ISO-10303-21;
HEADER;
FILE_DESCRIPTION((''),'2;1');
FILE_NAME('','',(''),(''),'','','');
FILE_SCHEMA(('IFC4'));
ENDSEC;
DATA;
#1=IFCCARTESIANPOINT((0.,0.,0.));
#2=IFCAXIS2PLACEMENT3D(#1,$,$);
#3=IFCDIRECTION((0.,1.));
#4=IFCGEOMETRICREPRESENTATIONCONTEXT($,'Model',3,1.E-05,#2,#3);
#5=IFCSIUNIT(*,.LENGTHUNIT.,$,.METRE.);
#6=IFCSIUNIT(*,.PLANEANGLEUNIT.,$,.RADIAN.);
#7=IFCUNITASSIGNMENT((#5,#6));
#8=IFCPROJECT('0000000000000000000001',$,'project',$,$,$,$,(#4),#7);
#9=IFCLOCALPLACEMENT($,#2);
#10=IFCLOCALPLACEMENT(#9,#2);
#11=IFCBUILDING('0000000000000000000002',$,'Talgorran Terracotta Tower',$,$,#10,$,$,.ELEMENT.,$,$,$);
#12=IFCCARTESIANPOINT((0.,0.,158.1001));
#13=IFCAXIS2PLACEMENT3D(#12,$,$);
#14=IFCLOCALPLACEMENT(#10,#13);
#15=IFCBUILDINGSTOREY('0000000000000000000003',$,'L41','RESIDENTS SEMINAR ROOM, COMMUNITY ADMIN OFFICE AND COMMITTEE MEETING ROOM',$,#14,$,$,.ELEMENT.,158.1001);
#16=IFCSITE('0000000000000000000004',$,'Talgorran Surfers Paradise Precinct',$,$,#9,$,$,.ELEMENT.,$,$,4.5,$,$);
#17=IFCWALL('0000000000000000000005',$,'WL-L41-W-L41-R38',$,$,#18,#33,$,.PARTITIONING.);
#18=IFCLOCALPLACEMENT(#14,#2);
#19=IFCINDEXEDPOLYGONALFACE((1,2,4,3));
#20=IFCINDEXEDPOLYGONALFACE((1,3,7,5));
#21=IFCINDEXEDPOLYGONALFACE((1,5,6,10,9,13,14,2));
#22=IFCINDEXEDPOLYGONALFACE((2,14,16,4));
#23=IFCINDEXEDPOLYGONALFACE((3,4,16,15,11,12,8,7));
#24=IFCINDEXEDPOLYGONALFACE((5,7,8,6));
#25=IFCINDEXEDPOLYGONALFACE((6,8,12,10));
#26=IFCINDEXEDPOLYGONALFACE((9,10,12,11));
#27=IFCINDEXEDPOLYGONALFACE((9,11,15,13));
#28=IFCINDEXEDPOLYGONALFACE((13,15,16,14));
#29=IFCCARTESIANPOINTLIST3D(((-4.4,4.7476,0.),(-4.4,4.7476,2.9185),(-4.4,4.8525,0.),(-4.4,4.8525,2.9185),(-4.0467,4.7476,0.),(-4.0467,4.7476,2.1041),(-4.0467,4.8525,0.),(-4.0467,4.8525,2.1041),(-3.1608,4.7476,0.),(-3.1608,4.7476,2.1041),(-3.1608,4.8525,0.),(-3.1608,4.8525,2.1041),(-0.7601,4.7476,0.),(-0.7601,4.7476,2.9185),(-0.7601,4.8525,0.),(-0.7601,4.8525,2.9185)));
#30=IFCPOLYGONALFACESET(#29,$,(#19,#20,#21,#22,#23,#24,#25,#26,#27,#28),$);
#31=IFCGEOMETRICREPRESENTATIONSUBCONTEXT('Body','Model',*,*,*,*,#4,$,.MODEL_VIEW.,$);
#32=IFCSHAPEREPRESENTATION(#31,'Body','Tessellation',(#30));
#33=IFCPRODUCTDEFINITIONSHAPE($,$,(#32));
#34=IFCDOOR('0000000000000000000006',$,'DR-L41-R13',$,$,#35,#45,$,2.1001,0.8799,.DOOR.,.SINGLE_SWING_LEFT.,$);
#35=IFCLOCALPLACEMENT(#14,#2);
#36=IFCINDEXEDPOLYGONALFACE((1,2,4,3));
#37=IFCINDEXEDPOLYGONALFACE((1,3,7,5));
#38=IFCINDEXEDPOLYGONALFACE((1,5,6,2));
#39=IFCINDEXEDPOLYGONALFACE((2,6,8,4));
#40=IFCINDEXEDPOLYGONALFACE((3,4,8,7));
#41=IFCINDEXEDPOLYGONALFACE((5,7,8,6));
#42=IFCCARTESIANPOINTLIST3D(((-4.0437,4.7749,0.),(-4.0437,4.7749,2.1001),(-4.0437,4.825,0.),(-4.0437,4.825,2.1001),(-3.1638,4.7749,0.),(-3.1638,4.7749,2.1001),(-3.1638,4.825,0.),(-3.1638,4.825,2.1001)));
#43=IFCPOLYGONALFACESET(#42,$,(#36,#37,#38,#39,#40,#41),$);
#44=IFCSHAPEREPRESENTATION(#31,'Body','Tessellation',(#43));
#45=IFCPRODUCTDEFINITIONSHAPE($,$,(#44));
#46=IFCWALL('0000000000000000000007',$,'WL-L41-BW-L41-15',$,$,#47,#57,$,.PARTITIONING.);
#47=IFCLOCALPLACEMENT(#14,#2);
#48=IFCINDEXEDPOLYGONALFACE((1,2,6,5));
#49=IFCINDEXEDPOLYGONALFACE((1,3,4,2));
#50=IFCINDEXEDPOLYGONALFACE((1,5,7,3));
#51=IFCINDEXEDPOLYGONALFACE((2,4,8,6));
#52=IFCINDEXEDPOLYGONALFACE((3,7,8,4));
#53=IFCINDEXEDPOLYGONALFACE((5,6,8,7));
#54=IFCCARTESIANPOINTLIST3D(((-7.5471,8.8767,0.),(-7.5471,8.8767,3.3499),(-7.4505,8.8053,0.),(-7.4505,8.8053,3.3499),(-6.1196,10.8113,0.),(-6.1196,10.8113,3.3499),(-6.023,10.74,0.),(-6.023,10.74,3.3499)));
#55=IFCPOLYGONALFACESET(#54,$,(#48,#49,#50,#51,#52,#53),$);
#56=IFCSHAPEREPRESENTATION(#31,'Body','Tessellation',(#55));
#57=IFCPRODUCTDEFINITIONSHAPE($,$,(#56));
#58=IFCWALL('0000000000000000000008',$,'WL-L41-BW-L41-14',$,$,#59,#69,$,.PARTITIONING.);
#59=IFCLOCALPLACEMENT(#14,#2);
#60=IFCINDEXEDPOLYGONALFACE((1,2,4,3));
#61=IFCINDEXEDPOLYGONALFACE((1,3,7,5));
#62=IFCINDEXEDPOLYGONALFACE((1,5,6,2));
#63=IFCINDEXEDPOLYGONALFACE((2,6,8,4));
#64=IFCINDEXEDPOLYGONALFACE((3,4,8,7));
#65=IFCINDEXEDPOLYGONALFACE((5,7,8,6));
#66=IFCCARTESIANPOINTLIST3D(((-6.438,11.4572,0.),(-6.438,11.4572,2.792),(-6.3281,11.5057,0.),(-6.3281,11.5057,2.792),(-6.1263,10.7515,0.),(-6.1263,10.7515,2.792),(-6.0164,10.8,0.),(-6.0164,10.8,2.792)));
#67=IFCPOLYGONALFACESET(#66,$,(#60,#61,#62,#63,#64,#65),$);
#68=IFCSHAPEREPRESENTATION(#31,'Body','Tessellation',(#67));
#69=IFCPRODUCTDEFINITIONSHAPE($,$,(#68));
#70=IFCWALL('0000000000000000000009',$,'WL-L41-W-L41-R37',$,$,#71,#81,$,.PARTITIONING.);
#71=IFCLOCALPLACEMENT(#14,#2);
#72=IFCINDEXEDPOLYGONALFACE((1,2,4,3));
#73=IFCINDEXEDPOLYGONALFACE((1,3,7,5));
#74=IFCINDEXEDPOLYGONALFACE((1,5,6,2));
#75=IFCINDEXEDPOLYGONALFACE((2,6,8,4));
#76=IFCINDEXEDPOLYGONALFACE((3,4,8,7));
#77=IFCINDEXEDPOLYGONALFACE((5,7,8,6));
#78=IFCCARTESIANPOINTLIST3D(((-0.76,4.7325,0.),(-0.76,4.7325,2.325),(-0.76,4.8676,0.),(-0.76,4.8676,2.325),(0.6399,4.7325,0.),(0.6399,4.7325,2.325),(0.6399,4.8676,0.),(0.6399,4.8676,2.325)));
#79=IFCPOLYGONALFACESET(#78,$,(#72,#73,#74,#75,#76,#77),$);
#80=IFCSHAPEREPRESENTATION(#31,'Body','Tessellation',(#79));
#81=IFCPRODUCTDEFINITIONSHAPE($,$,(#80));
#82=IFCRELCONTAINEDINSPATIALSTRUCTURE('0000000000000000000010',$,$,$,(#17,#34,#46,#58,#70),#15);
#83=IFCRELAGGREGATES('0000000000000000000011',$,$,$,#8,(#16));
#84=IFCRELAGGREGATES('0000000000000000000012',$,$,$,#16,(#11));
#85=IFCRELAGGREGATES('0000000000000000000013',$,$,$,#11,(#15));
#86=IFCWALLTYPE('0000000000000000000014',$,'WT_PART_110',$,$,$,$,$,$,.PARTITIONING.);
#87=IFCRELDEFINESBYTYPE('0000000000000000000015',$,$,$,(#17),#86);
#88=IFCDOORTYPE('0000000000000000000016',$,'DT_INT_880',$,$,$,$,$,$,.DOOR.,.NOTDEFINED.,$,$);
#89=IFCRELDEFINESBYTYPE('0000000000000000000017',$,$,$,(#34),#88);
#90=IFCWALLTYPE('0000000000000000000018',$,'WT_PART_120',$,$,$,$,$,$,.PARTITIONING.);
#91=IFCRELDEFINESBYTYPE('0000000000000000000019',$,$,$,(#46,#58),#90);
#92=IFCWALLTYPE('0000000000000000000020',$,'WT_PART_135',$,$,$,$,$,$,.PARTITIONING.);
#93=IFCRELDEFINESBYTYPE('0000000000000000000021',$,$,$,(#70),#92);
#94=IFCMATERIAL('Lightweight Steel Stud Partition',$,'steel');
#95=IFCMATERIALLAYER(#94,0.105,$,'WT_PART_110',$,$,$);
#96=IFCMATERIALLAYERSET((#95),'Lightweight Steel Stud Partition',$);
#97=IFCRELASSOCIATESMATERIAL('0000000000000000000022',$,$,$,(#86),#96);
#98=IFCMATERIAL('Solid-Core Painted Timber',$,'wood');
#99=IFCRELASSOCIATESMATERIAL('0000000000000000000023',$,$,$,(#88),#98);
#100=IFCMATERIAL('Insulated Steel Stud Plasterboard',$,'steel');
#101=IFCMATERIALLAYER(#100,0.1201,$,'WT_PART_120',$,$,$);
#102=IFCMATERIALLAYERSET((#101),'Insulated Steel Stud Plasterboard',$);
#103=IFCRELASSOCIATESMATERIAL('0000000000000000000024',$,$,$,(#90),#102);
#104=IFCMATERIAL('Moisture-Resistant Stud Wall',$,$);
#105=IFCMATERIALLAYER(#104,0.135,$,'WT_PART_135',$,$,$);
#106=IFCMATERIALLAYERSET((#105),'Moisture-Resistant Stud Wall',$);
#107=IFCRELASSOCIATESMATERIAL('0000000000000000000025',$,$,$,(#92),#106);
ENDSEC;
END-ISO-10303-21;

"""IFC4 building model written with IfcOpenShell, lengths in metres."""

from ifc_helpers import new_model, si_unit, direction, frame, frame_2d, origin, place, context, subcontext, project, spatial, rectangle, extrude, material, layer, layer_set, type_object, element, fill, save


model = new_model("IFC4")

# Units and contexts
model_context = context("Model", 3, precision=1e-05, world=origin(), true_north=direction((0.0, 1.0)))
body_context = subcontext(model_context, "Body", "Model", "MODEL_VIEW")
ifc_project = project(units=[si_unit("LENGTHUNIT", "METRE"), si_unit("PLANEANGLEUNIT", "RADIAN")], contexts=[model_context])

# Site, building, storey
site_placement = place(None, origin())
site = spatial("IfcSite", under=ifc_project, at=site_placement, Name="Talgorran Surfers Paradise Precinct", CompositionType="ELEMENT", RefElevation=4.5)
building_placement = place(site_placement, origin())
building = spatial("IfcBuilding", under=site, at=building_placement, Name="Talgorran Terracotta Tower", CompositionType="ELEMENT")
storey_placement = place(building_placement, frame((0.0, 0.0, 158.1001)))
storey = spatial("IfcBuildingStorey", under=building, at=storey_placement, Name="L41", Description="RESIDENTS SEMINAR ROOM, COMMUNITY ADMIN OFFICE AND COMMITTEE MEETING ROOM", CompositionType="ELEMENT", Elevation=158.1001)

# Wall, opening, door
ifc_material_1 = material(Name="Lightweight Steel Stud Partition", Category="steel")
ifc_layer_1 = layer(ifc_material_1, 0.105, Name="WT_PART_110")
ifc_layer_set_1 = layer_set([ifc_layer_1], Name="Lightweight Steel Stud Partition")
wall_type_1 = type_object("IfcWallType", Name="WT_PART_110", PredefinedType="PARTITIONING", material=ifc_layer_set_1)
ifc_material_2 = material(Name="Solid-Core Painted Timber", Category="wood")
door_type = type_object("IfcDoorType", Name="DT_INT_880", OperationType="NOTDEFINED", PredefinedType="DOOR", material=ifc_material_2)
wall_1_placement = place(storey_placement, frame((-4.3999, 4.8, 0.0), z_axis=(0.0, 0.0, 1.0), x_axis=(1.0, 0.0, 0.0)))
wall_1 = element("IfcWall", 1, at=wall_1_placement, inside=storey, type_object=wall_type_1, Name="WL-L41-W-L41-R38", PredefinedType="PARTITIONING", context=body_context, shape_type="SweptSolid", body=[
    extrude(rectangle(XDim=3.6399, YDim=0.105, at=frame_2d((1.8198, 0.0))), origin(), (0.0, 0.0, 1.0), 2.9185),
])
opening_1_placement = place(wall_1_placement, frame((0.3562, 0.0, 0.0)))
opening_1 = element("IfcOpeningElement", 2, at=opening_1_placement, cuts=wall_1, PredefinedType="OPENING", context=body_context, shape_type="SweptSolid", body=[
    extrude(rectangle(XDim=0.8859, YDim=2.1041, at=frame_2d((0.4399, 1.052))), frame((0.0, 0.0625, 0.0), z_axis=(0.0, -1.0, 0.0), x_axis=(1.0, 0.0, 0.0)), (0.0, 0.0, 1.0), 0.125),
])
door_1_placement = place(opening_1_placement, origin())
door_1 = element("IfcDoor", 3, at=door_1_placement, inside=storey, type_object=door_type, Name="DR-L41-R13", OperationType="SINGLE_SWING_LEFT", OverallHeight=2.1001, OverallWidth=0.8799, PredefinedType="DOOR", context=body_context, shape_type="SweptSolid", body=[
    extrude(rectangle(XDim=0.8799, YDim=2.1001, at=frame_2d((0.4399, 1.05))), frame((0.0, 0.0249, 0.0), z_axis=(0.0, -1.0, 0.0), x_axis=(1.0, 0.0, 0.0)), (0.0, 0.0, 1.0), 0.05),
])
fill(opening_1, door_1)

# Walls
ifc_material_3 = material(Name="Insulated Steel Stud Plasterboard", Category="steel")
ifc_layer_2 = layer(ifc_material_3, 0.1201, Name="WT_PART_120")
ifc_layer_set_2 = layer_set([ifc_layer_2], Name="Insulated Steel Stud Plasterboard")
wall_type_2 = type_object("IfcWallType", Name="WT_PART_120", PredefinedType="PARTITIONING", material=ifc_layer_set_2)
wall_2_placement = place(storey_placement, frame((-6.0713, 10.7756, 0.0), z_axis=(0.0, 0.0, 1.0), x_axis=(-0.593743, -0.804655, 0.0)))
element("IfcWall", 4, at=wall_2_placement, inside=storey, type_object=wall_type_2, Name="WL-L41-BW-L41-15", PredefinedType="PARTITIONING", context=body_context, shape_type="SweptSolid", body=[
    extrude(rectangle(XDim=2.4043, YDim=0.1201, at=frame_2d((1.2021, 0.0))), origin(), (0.0, 0.0, 1.0), 3.3499),
])
wall_3_placement = place(storey_placement, frame((-6.3831, 11.4814, 0.0), z_axis=(0.0, 0.0, 1.0), x_axis=(0.404053, -0.914736, 0.0)))
element("IfcWall", 5, at=wall_3_placement, inside=storey, type_object=wall_type_2, Name="WL-L41-BW-L41-14", PredefinedType="PARTITIONING", context=body_context, shape_type="SweptSolid", body=[
    extrude(rectangle(XDim=0.7715, YDim=0.1201, at=frame_2d((0.3857, 0.0))), origin(), (0.0, 0.0, 1.0), 2.792),
])
ifc_material_4 = material(Name="Moisture-Resistant Stud Wall")
ifc_layer_3 = layer(ifc_material_4, 0.135, Name="WT_PART_135")
ifc_layer_set_3 = layer_set([ifc_layer_3], Name="Moisture-Resistant Stud Wall")
wall_type_3 = type_object("IfcWallType", Name="WT_PART_135", PredefinedType="PARTITIONING", material=ifc_layer_set_3)
wall_4_placement = place(storey_placement, frame((-0.76, 4.8, 0.0), z_axis=(0.0, 0.0, 1.0), x_axis=(1.0, 0.0, 0.0)))
element("IfcWall", 6, at=wall_4_placement, inside=storey, type_object=wall_type_3, Name="WL-L41-W-L41-R37", PredefinedType="PARTITIONING", context=body_context, shape_type="SweptSolid", body=[
    extrude(rectangle(XDim=1.3999, YDim=0.135, at=frame_2d((0.7, 0.0))), origin(), (0.0, 0.0, 1.0), 2.325),
])

save(model, "model.ifc")
